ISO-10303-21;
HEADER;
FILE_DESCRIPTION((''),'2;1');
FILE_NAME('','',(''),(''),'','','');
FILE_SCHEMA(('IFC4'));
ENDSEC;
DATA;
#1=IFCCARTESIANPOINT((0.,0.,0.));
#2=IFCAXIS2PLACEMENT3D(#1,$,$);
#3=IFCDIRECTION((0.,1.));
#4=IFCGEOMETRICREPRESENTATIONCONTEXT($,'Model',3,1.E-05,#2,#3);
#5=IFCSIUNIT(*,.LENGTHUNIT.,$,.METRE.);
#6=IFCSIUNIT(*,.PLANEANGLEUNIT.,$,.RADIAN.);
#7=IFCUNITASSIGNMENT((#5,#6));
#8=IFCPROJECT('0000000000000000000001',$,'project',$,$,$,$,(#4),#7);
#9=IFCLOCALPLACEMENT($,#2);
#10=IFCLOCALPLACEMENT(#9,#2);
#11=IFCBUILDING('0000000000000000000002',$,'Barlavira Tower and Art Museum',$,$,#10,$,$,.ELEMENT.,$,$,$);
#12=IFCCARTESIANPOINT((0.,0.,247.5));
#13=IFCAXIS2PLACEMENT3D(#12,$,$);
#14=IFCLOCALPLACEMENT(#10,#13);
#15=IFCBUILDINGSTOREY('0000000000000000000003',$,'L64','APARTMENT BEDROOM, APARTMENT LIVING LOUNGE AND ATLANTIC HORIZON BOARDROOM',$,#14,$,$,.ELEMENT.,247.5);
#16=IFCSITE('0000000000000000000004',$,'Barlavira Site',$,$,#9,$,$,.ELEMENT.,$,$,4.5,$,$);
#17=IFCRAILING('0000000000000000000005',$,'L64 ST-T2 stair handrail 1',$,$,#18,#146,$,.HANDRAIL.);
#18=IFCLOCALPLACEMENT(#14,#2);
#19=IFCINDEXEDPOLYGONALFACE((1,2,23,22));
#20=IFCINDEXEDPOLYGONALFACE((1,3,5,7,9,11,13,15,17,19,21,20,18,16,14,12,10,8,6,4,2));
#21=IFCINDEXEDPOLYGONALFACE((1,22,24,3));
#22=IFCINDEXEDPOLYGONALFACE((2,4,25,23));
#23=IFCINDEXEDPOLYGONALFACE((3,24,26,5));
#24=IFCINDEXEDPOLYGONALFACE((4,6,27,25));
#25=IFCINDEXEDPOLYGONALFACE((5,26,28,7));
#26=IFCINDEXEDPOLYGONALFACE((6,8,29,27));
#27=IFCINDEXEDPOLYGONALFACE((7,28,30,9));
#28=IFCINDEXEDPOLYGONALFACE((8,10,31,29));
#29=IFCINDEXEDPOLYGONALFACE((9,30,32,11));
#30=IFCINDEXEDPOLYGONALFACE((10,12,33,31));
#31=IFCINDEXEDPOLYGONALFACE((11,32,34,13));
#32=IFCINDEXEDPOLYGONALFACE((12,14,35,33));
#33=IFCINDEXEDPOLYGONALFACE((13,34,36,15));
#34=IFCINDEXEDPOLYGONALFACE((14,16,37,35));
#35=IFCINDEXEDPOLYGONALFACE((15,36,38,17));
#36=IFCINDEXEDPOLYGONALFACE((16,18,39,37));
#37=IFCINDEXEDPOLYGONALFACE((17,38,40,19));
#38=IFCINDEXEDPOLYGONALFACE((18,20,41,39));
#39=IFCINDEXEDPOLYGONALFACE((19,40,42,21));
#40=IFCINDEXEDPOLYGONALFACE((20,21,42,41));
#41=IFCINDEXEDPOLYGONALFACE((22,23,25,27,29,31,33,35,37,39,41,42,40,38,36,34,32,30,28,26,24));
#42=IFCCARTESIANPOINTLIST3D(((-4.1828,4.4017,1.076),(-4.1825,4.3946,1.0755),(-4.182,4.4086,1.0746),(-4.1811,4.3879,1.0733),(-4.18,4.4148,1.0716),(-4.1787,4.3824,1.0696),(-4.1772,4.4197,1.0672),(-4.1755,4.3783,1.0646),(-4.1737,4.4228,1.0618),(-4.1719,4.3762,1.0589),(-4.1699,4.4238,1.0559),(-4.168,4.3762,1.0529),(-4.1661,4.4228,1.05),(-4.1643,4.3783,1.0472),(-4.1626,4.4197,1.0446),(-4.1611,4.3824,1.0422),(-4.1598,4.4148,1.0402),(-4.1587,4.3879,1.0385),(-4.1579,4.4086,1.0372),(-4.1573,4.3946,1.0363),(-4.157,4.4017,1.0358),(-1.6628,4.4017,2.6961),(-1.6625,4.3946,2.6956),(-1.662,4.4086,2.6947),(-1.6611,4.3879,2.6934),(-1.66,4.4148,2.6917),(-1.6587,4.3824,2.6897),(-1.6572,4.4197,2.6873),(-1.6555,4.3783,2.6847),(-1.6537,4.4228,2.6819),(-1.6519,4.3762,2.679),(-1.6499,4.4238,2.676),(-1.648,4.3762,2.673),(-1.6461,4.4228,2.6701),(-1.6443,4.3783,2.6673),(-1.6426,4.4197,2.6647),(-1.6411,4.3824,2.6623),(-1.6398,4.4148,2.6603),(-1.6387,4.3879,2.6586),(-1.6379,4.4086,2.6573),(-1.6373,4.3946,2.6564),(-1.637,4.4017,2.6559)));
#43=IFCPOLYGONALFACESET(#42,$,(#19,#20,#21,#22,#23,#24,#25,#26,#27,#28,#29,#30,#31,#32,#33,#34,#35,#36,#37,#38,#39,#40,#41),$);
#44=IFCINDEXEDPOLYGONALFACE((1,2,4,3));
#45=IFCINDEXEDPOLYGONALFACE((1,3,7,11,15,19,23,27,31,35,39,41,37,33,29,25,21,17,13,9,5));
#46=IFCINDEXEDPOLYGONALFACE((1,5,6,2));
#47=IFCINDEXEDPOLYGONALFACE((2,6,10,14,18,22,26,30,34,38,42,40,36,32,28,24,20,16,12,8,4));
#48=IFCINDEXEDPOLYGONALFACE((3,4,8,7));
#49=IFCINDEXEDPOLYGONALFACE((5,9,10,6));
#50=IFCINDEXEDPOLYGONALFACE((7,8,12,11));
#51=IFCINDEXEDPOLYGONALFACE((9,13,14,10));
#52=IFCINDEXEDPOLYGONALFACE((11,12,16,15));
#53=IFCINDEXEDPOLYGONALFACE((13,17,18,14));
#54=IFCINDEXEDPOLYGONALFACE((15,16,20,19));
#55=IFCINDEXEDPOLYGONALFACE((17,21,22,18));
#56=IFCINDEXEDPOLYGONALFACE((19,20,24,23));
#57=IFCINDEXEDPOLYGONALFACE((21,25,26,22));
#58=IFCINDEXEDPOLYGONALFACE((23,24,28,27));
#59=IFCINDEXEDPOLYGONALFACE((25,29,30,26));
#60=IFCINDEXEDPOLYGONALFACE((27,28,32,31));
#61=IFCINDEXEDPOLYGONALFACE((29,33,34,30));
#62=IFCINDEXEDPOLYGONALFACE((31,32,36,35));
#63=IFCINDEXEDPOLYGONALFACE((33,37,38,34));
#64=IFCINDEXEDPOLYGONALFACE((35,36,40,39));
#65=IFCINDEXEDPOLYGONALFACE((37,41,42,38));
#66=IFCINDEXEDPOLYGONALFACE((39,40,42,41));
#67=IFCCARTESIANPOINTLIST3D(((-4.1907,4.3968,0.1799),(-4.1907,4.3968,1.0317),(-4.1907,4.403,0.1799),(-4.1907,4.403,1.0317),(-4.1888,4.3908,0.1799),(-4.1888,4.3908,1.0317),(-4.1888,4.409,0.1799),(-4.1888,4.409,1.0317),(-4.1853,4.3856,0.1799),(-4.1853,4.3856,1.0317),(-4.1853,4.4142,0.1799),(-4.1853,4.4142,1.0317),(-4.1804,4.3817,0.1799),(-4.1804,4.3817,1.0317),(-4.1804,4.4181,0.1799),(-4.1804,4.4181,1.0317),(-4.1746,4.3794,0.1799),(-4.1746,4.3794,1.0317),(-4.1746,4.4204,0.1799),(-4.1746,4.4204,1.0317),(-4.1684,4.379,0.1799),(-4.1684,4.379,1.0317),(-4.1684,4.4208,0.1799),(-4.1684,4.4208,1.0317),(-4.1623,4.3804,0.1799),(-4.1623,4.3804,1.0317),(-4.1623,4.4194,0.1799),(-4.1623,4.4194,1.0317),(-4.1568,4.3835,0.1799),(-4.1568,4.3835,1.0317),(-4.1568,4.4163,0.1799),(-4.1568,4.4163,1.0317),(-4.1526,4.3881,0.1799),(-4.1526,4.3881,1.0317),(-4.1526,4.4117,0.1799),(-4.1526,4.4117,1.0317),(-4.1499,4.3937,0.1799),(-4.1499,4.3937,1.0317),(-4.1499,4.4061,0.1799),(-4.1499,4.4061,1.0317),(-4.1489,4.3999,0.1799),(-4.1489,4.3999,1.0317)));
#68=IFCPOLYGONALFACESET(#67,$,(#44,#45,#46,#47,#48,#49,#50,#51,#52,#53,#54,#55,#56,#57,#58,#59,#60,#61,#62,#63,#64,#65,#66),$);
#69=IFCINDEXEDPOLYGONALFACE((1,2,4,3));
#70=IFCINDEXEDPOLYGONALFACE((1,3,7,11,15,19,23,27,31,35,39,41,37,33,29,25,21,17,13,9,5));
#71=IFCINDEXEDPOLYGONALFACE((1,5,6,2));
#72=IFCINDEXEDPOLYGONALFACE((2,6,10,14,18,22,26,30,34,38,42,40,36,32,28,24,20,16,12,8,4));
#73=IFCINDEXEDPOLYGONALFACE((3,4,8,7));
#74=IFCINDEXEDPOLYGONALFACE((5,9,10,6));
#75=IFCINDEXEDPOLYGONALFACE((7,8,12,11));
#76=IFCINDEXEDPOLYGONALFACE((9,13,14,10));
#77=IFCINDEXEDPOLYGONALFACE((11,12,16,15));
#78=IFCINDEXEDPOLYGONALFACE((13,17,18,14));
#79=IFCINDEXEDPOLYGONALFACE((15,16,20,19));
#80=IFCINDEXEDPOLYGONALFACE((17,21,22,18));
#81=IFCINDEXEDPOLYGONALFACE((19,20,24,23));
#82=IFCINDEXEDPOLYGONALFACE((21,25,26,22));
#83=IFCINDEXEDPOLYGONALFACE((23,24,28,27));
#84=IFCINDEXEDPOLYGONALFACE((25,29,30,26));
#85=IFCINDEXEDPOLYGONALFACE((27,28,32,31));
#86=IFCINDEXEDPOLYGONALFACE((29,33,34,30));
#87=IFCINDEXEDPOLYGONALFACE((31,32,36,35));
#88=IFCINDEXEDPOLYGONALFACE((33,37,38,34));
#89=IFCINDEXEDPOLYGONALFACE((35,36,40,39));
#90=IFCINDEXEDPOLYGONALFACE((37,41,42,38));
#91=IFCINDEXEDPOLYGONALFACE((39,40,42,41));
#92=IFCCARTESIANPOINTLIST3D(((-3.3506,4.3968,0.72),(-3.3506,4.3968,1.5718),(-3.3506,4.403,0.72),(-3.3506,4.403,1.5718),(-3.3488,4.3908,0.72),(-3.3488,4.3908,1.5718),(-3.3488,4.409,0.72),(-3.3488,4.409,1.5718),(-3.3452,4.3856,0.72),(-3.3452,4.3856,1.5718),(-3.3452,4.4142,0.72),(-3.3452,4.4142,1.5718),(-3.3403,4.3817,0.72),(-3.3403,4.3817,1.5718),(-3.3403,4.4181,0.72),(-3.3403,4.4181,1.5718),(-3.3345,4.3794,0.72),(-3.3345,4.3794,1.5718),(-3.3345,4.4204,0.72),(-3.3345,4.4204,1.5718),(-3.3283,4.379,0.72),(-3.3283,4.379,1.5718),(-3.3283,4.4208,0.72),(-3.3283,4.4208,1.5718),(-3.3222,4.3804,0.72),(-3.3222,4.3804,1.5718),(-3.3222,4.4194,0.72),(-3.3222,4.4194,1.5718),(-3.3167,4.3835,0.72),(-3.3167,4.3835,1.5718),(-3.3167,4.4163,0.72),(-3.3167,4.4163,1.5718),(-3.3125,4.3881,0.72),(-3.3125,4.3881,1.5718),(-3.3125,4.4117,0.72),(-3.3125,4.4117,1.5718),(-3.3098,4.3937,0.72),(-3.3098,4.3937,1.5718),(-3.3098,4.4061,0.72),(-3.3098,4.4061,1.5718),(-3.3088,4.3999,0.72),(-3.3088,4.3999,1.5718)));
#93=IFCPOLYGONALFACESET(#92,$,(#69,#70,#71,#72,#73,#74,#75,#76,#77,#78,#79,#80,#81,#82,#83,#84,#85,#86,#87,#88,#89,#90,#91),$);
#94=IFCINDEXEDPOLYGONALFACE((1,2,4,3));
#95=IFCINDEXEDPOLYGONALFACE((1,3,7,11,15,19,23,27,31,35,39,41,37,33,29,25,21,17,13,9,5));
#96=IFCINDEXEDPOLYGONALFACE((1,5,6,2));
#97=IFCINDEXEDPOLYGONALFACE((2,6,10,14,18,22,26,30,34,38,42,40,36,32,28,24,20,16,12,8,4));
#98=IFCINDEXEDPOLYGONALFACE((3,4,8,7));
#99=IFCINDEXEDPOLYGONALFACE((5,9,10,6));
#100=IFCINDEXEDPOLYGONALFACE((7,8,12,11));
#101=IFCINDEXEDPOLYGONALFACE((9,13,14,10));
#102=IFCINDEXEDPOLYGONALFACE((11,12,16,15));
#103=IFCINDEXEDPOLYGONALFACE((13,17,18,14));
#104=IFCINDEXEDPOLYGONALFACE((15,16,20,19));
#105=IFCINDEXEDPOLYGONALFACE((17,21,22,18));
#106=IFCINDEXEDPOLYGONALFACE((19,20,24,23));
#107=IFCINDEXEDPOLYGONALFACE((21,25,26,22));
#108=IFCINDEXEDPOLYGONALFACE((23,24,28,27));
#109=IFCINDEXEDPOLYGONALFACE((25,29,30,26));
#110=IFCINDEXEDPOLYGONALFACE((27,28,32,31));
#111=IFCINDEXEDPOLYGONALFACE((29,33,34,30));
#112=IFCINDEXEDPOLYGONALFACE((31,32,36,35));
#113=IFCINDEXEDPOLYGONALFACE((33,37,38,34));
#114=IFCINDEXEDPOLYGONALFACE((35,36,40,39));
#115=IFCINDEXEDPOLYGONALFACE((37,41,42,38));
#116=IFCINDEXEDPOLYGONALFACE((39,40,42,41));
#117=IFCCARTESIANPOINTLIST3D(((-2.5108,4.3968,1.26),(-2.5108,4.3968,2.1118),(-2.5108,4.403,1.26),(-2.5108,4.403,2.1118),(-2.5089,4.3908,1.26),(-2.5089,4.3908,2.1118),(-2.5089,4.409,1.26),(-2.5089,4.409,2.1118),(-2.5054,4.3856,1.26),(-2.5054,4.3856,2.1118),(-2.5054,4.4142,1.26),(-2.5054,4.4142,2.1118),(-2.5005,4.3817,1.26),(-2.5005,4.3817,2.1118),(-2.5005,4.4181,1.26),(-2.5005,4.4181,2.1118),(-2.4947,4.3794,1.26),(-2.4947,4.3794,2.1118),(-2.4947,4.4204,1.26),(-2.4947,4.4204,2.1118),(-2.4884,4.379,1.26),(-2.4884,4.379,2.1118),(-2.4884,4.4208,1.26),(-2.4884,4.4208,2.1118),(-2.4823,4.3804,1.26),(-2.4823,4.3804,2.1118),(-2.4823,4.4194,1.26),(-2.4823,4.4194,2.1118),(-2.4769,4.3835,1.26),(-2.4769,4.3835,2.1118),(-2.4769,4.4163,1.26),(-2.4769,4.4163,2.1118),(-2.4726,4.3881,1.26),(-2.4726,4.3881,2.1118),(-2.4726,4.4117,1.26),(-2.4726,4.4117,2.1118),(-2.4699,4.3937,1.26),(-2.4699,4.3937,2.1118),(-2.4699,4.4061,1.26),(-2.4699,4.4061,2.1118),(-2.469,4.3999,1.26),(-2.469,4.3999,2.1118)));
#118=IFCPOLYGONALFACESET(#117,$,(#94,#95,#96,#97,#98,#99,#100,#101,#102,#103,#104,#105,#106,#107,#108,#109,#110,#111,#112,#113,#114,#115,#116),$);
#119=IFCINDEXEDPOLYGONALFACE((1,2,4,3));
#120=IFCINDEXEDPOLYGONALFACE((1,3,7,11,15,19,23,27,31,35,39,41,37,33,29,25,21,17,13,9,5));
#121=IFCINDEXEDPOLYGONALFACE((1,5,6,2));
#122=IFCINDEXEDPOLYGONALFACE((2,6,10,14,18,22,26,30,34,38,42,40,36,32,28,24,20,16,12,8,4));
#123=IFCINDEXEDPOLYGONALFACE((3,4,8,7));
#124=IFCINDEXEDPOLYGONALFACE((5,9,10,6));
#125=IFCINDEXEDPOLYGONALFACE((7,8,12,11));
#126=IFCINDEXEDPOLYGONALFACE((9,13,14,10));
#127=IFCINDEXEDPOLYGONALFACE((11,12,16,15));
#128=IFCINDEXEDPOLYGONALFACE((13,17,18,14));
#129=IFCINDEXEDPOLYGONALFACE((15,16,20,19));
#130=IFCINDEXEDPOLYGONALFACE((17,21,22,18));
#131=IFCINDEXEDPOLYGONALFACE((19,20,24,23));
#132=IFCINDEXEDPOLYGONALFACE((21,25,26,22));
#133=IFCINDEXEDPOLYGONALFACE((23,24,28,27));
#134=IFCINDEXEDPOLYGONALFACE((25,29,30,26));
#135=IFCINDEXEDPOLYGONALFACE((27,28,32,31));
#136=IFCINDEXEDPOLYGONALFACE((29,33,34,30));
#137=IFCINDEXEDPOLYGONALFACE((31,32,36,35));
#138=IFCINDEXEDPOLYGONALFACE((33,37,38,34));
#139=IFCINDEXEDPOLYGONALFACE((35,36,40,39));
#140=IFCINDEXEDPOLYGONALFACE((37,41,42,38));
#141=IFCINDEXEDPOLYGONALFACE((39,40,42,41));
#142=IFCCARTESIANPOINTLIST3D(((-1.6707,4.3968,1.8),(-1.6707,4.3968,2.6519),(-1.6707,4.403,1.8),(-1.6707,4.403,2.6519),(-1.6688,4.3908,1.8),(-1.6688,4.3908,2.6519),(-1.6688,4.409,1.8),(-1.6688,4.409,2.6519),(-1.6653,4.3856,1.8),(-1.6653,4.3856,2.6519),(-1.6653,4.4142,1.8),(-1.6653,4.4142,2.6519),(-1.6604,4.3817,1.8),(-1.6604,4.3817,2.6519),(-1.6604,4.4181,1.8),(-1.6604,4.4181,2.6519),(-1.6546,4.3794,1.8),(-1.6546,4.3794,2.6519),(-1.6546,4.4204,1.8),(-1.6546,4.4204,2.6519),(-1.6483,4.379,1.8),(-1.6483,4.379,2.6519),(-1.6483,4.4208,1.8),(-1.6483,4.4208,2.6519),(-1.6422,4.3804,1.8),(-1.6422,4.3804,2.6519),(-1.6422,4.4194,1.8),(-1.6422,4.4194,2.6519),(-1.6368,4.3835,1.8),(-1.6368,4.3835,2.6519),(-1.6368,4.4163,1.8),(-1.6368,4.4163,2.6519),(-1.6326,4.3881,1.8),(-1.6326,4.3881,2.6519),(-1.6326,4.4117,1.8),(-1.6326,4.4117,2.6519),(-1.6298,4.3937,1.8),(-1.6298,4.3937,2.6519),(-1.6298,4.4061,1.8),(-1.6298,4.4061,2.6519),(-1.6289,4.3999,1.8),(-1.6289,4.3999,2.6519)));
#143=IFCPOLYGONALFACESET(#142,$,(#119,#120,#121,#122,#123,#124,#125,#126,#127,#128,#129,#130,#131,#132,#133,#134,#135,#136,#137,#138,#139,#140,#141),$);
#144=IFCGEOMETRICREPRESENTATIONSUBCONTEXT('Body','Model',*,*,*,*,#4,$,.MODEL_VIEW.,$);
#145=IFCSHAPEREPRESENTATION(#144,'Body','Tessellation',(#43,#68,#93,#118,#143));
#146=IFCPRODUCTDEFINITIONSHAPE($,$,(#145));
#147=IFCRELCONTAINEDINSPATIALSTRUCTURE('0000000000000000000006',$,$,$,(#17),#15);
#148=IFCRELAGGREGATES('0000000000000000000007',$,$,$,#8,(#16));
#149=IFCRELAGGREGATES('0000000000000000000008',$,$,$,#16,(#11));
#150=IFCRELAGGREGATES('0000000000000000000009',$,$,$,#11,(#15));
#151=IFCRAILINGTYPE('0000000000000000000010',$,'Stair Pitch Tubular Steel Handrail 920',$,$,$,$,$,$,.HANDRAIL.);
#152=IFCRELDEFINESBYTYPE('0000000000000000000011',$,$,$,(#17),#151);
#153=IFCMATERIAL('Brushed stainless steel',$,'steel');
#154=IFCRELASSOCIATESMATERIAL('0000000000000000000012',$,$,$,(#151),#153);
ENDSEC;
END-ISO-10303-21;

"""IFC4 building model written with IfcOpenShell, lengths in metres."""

from ifc_helpers import new_model, si_unit, direction, frame, origin, origin_2d, place, context, subcontext, project, spatial, circle, extrude, material, type_object, element, save


model = new_model("IFC4")

# Units and contexts
model_context = context("Model", 3, precision=1e-05, world=origin(), true_north=direction((0.0, 1.0)))
body_context = subcontext(model_context, "Body", "Model", "MODEL_VIEW")
ifc_project = project(units=[si_unit("LENGTHUNIT", "METRE"), si_unit("PLANEANGLEUNIT", "RADIAN")], contexts=[model_context])

# Site, building, storey
site_placement = place(None, origin())
site = spatial("IfcSite", under=ifc_project, at=site_placement, Name="Barlavira Site", CompositionType="ELEMENT", RefElevation=4.5)
building_placement = place(site_placement, origin())
building = spatial("IfcBuilding", under=site, at=building_placement, Name="Barlavira Tower and Art Museum", CompositionType="ELEMENT")
storey_placement = place(building_placement, frame((0.0, 0.0, 247.5)))
storey = spatial("IfcBuildingStorey", under=building, at=storey_placement, Name="L64", Description="APARTMENT BEDROOM, APARTMENT LIVING LOUNGE AND ATLANTIC HORIZON BOARDROOM", CompositionType="ELEMENT", Elevation=247.5)

# Shared definitions
ifc_material_1 = material(Name="Brushed stainless steel", Category="steel")

# Railing
railing_type_1 = type_object("IfcRailingType", Name="Stair Pitch Tubular Steel Handrail 920", PredefinedType="HANDRAIL", material=ifc_material_1)
railing_1_placement = place(storey_placement, frame((-4.1699, 4.3999, 0.1799)))
element("IfcRailing", 1, at=railing_1_placement, inside=storey, type_object=railing_type_1, Name="L64 ST-T2 stair handrail 1", PredefinedType="HANDRAIL", context=body_context, shape_type="SweptSolid", body=[
    extrude(circle(Radius=0.0239, at=origin_2d()), frame((0.0, 0.0, 0.876), z_axis=(0.841163, 0.0, 0.540782), x_axis=(0.0, 1.0, 0.0)), (0.0, 0.0, 1.0), 2.9958),
    extrude(circle(Radius=0.021, at=origin_2d()), origin(), (0.0, 0.0, 1.0), 0.8518),
    extrude(circle(Radius=0.021, at=origin_2d()), frame((0.8401, 0.0, 0.54)), (0.0, 0.0, 1.0), 0.8518),
    extrude(circle(Radius=0.021, at=origin_2d()), frame((1.6799, 0.0, 1.0801)), (0.0, 0.0, 1.0), 0.8518),
    extrude(circle(Radius=0.021, at=origin_2d()), frame((2.52, 0.0, 1.6201)), (0.0, 0.0, 1.0), 0.8518),
])

save(model, "model.ifc")
